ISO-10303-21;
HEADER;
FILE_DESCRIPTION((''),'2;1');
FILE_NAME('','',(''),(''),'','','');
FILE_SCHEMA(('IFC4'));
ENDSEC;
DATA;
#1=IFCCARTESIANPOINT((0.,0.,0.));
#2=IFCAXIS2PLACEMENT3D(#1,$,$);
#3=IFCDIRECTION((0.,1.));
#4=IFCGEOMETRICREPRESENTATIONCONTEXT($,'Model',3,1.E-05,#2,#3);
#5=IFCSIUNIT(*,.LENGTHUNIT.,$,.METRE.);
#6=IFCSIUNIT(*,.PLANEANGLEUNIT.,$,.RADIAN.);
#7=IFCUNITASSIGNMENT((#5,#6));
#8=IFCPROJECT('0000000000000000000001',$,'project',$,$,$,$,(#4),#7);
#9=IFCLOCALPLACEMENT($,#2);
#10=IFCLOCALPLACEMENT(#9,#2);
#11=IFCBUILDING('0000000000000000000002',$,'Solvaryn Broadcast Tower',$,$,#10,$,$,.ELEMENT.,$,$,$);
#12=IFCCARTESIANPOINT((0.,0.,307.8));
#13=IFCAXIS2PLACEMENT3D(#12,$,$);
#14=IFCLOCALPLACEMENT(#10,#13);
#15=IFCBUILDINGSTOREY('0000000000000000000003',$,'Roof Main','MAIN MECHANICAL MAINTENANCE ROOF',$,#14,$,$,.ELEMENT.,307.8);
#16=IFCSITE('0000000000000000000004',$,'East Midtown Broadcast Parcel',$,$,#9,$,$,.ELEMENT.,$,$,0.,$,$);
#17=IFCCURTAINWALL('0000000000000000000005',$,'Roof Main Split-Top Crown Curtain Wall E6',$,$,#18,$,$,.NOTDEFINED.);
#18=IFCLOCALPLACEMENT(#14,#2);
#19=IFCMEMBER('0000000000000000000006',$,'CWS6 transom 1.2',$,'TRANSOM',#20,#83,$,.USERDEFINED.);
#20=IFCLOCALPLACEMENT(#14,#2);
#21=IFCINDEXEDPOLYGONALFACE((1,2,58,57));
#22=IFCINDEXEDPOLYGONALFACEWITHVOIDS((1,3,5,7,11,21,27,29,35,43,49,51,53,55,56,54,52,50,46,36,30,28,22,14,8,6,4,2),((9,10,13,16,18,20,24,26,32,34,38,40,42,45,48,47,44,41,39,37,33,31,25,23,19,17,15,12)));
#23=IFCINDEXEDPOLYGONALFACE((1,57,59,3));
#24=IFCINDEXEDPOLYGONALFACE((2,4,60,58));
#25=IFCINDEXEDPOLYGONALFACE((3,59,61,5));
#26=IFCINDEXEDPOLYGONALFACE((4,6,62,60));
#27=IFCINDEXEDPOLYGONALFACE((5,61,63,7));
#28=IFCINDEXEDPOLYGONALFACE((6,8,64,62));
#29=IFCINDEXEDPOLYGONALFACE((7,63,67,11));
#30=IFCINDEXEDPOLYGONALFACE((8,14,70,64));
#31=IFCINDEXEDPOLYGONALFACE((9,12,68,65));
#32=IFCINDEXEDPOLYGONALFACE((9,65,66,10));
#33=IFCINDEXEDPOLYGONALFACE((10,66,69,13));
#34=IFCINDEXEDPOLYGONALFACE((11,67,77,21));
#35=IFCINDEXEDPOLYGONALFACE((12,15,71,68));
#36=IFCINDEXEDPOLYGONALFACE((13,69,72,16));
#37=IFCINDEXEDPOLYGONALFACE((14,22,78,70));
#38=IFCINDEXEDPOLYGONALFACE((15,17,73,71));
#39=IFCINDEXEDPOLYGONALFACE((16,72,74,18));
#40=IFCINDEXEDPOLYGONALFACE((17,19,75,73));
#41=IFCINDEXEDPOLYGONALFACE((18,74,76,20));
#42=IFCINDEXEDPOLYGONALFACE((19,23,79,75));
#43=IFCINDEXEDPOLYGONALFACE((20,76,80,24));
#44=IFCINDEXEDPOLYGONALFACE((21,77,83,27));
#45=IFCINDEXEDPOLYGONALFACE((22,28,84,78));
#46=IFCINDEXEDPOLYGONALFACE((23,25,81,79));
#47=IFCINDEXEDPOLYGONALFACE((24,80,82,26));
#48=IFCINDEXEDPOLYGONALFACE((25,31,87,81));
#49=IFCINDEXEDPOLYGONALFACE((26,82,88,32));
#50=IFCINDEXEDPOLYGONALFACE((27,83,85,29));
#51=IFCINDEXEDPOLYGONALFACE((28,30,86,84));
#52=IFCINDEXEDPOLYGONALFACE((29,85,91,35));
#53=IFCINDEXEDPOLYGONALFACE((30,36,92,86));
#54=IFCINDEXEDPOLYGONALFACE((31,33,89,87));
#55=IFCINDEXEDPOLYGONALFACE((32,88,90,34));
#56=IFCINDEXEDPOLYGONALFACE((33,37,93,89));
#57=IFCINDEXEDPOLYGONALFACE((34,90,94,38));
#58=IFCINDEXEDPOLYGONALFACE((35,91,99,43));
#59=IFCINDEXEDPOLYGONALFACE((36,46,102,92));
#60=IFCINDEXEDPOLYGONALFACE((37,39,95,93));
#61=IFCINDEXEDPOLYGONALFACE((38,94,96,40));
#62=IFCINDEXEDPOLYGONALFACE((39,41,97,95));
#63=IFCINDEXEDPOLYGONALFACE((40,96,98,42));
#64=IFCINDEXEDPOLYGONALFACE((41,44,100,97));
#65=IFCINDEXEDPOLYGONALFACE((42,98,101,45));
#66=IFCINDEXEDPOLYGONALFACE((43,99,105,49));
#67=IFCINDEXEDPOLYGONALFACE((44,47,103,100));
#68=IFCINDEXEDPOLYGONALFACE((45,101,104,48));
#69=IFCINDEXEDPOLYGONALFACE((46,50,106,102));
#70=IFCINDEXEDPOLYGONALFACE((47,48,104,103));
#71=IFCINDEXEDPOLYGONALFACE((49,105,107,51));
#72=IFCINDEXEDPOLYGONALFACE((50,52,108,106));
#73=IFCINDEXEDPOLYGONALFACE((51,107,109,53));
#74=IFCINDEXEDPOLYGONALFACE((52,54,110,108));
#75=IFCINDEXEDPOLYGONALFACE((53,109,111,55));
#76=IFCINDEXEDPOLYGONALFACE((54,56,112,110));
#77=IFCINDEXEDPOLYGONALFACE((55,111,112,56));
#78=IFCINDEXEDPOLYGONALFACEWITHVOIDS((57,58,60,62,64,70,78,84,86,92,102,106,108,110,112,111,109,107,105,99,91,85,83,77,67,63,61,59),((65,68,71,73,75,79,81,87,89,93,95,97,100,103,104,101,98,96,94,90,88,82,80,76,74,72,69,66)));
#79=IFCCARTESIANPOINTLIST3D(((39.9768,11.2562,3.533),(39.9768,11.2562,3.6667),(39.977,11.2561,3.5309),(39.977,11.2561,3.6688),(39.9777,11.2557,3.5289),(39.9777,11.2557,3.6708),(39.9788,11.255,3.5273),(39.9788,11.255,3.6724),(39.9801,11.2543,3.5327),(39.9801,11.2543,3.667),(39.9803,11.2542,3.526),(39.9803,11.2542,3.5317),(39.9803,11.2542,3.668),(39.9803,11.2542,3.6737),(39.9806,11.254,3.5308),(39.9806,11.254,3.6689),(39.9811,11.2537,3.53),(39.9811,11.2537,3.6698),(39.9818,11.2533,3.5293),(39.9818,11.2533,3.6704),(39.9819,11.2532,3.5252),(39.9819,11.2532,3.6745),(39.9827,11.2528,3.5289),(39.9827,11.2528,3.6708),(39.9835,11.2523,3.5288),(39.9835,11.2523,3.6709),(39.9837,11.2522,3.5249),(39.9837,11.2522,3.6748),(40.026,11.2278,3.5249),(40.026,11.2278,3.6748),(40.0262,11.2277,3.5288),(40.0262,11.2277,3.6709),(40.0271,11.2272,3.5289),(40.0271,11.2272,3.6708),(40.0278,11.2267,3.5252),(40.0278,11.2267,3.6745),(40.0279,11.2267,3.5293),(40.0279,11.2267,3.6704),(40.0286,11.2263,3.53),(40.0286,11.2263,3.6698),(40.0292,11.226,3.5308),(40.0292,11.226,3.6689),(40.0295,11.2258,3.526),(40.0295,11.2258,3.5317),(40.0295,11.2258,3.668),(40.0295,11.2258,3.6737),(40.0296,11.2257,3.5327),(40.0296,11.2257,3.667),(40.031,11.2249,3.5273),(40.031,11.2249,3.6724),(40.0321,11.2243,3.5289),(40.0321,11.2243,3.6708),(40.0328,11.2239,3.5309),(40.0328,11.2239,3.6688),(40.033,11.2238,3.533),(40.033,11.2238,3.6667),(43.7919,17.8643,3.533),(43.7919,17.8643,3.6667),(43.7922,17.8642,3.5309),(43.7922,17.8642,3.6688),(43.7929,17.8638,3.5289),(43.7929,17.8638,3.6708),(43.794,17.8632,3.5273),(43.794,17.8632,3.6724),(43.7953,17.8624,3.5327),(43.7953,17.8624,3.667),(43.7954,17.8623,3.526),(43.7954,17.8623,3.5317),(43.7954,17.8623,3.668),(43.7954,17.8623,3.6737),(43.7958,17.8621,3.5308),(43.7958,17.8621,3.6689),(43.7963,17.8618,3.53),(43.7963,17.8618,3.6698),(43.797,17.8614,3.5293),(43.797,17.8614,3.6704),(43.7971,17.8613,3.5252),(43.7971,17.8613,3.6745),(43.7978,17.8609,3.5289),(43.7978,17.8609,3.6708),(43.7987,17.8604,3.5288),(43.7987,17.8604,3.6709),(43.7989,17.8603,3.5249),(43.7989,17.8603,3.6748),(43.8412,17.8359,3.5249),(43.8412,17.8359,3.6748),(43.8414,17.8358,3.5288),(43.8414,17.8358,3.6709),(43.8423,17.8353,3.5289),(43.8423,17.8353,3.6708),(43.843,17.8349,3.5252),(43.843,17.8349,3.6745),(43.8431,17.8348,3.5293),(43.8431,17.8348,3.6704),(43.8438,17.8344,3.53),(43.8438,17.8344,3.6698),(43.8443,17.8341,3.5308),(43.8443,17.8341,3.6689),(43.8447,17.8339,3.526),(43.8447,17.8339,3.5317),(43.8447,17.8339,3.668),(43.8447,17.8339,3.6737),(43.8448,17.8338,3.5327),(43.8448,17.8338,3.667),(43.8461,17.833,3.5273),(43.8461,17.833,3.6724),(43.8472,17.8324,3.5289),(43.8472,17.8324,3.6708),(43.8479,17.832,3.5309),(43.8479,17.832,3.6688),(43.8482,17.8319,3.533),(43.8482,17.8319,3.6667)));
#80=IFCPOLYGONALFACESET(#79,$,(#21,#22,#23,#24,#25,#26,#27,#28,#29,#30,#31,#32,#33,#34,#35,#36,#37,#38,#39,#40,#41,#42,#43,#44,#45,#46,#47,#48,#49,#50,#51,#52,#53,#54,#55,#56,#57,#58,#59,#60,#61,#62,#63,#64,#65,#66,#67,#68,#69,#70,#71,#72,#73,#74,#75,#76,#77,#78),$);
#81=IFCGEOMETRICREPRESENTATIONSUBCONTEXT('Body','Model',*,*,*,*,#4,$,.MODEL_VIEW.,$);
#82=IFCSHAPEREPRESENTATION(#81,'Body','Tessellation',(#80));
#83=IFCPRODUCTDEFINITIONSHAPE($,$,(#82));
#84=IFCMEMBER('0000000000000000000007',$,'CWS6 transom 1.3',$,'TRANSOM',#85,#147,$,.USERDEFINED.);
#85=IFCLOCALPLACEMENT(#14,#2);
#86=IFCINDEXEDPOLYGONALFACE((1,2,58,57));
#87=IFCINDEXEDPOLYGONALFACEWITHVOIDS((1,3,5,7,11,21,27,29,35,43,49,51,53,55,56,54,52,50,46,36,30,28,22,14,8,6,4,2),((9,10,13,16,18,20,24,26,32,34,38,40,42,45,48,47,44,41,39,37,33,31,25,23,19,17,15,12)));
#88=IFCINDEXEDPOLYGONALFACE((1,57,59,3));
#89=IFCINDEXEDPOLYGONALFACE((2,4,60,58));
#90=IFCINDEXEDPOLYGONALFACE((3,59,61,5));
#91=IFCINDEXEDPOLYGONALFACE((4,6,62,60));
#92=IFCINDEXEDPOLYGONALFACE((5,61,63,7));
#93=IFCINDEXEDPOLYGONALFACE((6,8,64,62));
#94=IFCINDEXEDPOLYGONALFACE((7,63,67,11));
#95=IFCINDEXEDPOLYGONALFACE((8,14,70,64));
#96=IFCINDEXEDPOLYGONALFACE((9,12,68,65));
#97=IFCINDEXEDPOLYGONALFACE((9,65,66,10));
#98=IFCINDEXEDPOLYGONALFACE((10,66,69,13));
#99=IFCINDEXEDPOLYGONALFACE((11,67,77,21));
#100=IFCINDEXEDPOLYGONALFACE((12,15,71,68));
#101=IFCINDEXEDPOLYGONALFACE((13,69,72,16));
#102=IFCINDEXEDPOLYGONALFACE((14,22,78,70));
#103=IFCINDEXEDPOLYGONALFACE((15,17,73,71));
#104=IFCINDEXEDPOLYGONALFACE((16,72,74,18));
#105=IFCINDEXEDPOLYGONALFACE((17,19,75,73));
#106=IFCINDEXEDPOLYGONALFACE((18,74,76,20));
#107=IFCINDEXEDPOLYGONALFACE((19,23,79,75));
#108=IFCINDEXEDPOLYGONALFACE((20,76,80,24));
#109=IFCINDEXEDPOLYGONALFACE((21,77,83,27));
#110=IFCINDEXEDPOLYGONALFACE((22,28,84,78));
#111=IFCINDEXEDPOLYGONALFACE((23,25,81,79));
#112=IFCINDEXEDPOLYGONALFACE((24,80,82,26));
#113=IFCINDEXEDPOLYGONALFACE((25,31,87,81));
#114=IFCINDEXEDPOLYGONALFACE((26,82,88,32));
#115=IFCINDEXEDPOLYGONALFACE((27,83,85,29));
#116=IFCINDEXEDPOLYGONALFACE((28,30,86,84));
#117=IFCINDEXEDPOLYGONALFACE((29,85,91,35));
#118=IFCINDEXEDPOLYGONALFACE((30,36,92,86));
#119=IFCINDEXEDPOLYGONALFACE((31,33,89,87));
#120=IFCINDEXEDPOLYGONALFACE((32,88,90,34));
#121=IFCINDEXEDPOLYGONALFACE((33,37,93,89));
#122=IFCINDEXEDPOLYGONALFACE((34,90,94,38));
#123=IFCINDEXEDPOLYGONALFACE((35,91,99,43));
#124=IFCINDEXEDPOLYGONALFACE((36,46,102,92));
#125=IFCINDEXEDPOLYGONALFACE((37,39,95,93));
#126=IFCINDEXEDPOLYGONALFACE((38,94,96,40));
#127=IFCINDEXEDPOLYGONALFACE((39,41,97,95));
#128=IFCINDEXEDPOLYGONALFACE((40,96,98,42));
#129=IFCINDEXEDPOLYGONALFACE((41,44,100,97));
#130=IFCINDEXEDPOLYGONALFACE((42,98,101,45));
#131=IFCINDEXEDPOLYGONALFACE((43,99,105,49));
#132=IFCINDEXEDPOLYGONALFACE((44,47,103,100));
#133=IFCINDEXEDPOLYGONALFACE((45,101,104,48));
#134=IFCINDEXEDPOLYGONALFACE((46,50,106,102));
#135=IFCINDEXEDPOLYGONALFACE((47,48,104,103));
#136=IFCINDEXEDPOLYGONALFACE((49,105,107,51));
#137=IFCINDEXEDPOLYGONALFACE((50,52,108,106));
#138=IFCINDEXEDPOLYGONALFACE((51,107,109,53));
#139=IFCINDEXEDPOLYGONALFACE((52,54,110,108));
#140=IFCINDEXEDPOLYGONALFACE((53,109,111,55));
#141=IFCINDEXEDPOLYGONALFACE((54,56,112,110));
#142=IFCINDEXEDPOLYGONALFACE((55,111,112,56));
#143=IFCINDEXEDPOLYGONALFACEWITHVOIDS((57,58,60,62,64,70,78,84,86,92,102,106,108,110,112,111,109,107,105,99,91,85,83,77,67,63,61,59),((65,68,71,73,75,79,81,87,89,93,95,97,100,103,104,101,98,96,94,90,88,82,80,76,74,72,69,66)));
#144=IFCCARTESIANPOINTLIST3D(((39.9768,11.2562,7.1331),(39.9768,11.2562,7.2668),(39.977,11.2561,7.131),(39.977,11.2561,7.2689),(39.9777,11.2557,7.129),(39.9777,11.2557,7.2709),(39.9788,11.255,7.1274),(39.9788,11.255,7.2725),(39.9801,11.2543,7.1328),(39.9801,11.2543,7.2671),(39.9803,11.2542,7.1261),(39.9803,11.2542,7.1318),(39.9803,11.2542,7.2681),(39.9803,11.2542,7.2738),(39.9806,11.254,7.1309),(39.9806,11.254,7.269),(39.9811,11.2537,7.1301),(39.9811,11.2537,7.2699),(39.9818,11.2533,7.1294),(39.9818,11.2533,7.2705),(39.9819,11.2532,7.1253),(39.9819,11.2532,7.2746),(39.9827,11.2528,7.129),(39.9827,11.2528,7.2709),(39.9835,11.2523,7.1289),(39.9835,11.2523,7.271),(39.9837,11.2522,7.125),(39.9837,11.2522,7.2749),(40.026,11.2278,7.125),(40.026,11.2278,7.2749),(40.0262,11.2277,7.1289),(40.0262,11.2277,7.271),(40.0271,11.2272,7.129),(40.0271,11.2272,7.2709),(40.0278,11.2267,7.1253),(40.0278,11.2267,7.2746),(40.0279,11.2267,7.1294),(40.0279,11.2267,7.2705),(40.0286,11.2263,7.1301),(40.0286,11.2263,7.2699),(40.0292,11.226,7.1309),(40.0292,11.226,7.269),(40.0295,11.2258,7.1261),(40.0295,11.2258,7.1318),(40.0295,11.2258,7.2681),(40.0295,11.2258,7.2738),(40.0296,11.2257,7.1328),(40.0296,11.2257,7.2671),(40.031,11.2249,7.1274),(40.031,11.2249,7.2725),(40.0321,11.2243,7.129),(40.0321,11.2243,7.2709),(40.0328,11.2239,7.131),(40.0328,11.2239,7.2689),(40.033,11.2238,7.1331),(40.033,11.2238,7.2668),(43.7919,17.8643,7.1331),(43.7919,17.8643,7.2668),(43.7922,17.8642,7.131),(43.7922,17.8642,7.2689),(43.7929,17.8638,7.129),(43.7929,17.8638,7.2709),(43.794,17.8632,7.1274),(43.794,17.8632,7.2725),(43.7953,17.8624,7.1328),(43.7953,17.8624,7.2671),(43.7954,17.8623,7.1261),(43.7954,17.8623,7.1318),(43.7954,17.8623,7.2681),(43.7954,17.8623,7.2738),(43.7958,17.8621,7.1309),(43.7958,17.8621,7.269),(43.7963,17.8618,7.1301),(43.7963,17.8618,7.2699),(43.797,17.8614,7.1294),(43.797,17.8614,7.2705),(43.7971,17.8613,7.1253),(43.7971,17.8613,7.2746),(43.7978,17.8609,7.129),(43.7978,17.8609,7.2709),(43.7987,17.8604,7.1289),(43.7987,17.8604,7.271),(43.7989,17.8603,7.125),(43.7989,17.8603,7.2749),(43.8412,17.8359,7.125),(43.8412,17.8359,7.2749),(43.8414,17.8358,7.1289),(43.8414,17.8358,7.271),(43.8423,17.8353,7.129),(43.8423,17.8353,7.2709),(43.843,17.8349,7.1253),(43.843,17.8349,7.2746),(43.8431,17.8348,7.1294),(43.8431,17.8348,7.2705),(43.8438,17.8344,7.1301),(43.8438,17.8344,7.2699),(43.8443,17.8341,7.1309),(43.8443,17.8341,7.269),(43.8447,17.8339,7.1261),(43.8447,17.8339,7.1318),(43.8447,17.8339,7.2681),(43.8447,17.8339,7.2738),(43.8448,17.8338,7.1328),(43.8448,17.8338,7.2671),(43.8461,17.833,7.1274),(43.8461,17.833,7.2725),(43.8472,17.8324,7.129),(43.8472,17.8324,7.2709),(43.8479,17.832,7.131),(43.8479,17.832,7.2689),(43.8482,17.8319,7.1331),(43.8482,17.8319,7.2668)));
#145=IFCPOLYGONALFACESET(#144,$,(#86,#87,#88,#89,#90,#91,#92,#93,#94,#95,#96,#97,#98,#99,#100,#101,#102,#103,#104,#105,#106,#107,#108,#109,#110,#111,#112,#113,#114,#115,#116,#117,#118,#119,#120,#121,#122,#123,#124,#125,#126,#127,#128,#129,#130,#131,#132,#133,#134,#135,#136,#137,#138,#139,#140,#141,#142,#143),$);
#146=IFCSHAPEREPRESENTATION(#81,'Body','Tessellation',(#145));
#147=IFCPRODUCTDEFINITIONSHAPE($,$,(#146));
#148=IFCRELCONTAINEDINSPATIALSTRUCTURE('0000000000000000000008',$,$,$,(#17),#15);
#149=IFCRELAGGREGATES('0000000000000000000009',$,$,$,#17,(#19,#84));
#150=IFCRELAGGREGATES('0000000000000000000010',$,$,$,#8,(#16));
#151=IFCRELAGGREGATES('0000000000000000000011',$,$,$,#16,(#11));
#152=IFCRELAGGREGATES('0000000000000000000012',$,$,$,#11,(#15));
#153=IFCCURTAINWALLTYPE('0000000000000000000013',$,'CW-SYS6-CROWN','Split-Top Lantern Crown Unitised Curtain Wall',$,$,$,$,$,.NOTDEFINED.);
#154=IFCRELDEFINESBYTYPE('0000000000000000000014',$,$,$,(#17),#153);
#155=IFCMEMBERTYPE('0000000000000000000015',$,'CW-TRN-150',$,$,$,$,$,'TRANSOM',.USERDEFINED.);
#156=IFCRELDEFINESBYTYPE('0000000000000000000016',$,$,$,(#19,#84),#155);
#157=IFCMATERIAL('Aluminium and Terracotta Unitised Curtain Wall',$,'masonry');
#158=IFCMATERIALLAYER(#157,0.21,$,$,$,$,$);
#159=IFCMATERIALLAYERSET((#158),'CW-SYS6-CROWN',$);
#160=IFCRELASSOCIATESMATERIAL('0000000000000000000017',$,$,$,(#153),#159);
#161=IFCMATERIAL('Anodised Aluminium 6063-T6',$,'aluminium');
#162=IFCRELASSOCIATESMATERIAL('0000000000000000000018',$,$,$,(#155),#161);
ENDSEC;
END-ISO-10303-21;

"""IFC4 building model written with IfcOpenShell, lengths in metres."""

from ifc_helpers import new_model, si_unit, direction, frame, origin, origin_2d, place, context, subcontext, project, spatial, hollow_rectangle, extrude, material, layer, layer_set, material_profile, profile_set, type_object, element, aggregate, save


model = new_model("IFC4")

# Units and contexts
model_context = context("Model", 3, precision=1e-05, world=origin(), true_north=direction((0.0, 1.0)))
body_context = subcontext(model_context, "Body", "Model", "MODEL_VIEW")
ifc_project = project(units=[si_unit("LENGTHUNIT", "METRE"), si_unit("PLANEANGLEUNIT", "RADIAN")], contexts=[model_context])

# Site, building, storey
site_placement = place(None, origin())
site = spatial("IfcSite", under=ifc_project, at=site_placement, Name="East Midtown Broadcast Parcel", CompositionType="ELEMENT", RefElevation=0.0)
building_placement = place(site_placement, origin())
building = spatial("IfcBuilding", under=site, at=building_placement, Name="Solvaryn Broadcast Tower", CompositionType="ELEMENT")
storey_placement = place(building_placement, frame((0.0, 0.0, 307.8)))
storey = spatial("IfcBuildingStorey", under=building, at=storey_placement, Name="Roof Main", Description="MAIN MECHANICAL MAINTENANCE ROOF", CompositionType="ELEMENT", Elevation=307.8)

# Shared definitions
ifc_material_1 = material(Name="Aluminium and Terracotta Unitised Curtain Wall", Category="masonry")
ifc_layer_1 = layer(ifc_material_1, 0.21)
ifc_layer_set_1 = layer_set([ifc_layer_1], Name="CW-SYS6-CROWN")
curtain_wall_type = type_object("IfcCurtainWallType", Name="CW-SYS6-CROWN", Description="Split-Top Lantern Crown Unitised Curtain Wall", PredefinedType="NOTDEFINED", material=ifc_layer_set_1)

# Curtain wall
curtain_wall_1_placement = place(storey_placement, origin())
curtain_wall_1 = element("IfcCurtainWall", 1, at=curtain_wall_1_placement, inside=storey, type_object=curtain_wall_type, Name="Roof Main Split-Top Crown Curtain Wall E6", PredefinedType="NOTDEFINED")

# Members
ifc_material_2 = material(Name="Anodised Aluminium 6063-T6", Category="aluminium")
ifc_material_profile_1 = material_profile(ifc_material_2, hollow_rectangle(XDim=0.0649, YDim=0.1499, WallThickness=0.0039, InnerFilletRadius=0.0039, OuterFilletRadius=0.0081, at=origin_2d()))
ifc_profile_set_1 = profile_set([ifc_material_profile_1], Name="Anodised Aluminium 6063-T6")
member_type_1 = type_object("IfcMemberType", Name="CW-TRN-150", ElementType="TRANSOM", PredefinedType="USERDEFINED", material=ifc_profile_set_1)
member_1_placement = place(storey_placement, frame((40.0049, 11.24, 3.5999), z_axis=(0.499997, 0.866027, 0.0), x_axis=(-0.866027, 0.499997, 0.0)))
member_1 = element("IfcMember", 2, at=member_1_placement, type_object=member_type_1, Name="CWS6 transom 1.2", ObjectType="TRANSOM", PredefinedType="USERDEFINED", context=body_context, shape_type="SweptSolid", body=[
    extrude(hollow_rectangle(XDim=0.0649, YDim=0.1499, WallThickness=0.0039, InnerFilletRadius=0.0039, OuterFilletRadius=0.0081, at=origin_2d()), origin(), (0.0, 0.0, 1.0), 7.6304),
])
member_2_placement = place(storey_placement, frame((40.0049, 11.24, 7.2), z_axis=(0.499997, 0.866027, 0.0), x_axis=(-0.866027, 0.499997, 0.0)))
member_2 = element("IfcMember", 3, at=member_2_placement, type_object=member_type_1, Name="CWS6 transom 1.3", ObjectType="TRANSOM", PredefinedType="USERDEFINED", context=body_context, shape_type="SweptSolid", body=[
    extrude(hollow_rectangle(XDim=0.0649, YDim=0.1499, WallThickness=0.0039, InnerFilletRadius=0.0039, OuterFilletRadius=0.0081, at=origin_2d()), origin(), (0.0, 0.0, 1.0), 7.6304),
])

aggregate(curtain_wall_1, [member_1, member_2])

save(model, "model.ifc")
